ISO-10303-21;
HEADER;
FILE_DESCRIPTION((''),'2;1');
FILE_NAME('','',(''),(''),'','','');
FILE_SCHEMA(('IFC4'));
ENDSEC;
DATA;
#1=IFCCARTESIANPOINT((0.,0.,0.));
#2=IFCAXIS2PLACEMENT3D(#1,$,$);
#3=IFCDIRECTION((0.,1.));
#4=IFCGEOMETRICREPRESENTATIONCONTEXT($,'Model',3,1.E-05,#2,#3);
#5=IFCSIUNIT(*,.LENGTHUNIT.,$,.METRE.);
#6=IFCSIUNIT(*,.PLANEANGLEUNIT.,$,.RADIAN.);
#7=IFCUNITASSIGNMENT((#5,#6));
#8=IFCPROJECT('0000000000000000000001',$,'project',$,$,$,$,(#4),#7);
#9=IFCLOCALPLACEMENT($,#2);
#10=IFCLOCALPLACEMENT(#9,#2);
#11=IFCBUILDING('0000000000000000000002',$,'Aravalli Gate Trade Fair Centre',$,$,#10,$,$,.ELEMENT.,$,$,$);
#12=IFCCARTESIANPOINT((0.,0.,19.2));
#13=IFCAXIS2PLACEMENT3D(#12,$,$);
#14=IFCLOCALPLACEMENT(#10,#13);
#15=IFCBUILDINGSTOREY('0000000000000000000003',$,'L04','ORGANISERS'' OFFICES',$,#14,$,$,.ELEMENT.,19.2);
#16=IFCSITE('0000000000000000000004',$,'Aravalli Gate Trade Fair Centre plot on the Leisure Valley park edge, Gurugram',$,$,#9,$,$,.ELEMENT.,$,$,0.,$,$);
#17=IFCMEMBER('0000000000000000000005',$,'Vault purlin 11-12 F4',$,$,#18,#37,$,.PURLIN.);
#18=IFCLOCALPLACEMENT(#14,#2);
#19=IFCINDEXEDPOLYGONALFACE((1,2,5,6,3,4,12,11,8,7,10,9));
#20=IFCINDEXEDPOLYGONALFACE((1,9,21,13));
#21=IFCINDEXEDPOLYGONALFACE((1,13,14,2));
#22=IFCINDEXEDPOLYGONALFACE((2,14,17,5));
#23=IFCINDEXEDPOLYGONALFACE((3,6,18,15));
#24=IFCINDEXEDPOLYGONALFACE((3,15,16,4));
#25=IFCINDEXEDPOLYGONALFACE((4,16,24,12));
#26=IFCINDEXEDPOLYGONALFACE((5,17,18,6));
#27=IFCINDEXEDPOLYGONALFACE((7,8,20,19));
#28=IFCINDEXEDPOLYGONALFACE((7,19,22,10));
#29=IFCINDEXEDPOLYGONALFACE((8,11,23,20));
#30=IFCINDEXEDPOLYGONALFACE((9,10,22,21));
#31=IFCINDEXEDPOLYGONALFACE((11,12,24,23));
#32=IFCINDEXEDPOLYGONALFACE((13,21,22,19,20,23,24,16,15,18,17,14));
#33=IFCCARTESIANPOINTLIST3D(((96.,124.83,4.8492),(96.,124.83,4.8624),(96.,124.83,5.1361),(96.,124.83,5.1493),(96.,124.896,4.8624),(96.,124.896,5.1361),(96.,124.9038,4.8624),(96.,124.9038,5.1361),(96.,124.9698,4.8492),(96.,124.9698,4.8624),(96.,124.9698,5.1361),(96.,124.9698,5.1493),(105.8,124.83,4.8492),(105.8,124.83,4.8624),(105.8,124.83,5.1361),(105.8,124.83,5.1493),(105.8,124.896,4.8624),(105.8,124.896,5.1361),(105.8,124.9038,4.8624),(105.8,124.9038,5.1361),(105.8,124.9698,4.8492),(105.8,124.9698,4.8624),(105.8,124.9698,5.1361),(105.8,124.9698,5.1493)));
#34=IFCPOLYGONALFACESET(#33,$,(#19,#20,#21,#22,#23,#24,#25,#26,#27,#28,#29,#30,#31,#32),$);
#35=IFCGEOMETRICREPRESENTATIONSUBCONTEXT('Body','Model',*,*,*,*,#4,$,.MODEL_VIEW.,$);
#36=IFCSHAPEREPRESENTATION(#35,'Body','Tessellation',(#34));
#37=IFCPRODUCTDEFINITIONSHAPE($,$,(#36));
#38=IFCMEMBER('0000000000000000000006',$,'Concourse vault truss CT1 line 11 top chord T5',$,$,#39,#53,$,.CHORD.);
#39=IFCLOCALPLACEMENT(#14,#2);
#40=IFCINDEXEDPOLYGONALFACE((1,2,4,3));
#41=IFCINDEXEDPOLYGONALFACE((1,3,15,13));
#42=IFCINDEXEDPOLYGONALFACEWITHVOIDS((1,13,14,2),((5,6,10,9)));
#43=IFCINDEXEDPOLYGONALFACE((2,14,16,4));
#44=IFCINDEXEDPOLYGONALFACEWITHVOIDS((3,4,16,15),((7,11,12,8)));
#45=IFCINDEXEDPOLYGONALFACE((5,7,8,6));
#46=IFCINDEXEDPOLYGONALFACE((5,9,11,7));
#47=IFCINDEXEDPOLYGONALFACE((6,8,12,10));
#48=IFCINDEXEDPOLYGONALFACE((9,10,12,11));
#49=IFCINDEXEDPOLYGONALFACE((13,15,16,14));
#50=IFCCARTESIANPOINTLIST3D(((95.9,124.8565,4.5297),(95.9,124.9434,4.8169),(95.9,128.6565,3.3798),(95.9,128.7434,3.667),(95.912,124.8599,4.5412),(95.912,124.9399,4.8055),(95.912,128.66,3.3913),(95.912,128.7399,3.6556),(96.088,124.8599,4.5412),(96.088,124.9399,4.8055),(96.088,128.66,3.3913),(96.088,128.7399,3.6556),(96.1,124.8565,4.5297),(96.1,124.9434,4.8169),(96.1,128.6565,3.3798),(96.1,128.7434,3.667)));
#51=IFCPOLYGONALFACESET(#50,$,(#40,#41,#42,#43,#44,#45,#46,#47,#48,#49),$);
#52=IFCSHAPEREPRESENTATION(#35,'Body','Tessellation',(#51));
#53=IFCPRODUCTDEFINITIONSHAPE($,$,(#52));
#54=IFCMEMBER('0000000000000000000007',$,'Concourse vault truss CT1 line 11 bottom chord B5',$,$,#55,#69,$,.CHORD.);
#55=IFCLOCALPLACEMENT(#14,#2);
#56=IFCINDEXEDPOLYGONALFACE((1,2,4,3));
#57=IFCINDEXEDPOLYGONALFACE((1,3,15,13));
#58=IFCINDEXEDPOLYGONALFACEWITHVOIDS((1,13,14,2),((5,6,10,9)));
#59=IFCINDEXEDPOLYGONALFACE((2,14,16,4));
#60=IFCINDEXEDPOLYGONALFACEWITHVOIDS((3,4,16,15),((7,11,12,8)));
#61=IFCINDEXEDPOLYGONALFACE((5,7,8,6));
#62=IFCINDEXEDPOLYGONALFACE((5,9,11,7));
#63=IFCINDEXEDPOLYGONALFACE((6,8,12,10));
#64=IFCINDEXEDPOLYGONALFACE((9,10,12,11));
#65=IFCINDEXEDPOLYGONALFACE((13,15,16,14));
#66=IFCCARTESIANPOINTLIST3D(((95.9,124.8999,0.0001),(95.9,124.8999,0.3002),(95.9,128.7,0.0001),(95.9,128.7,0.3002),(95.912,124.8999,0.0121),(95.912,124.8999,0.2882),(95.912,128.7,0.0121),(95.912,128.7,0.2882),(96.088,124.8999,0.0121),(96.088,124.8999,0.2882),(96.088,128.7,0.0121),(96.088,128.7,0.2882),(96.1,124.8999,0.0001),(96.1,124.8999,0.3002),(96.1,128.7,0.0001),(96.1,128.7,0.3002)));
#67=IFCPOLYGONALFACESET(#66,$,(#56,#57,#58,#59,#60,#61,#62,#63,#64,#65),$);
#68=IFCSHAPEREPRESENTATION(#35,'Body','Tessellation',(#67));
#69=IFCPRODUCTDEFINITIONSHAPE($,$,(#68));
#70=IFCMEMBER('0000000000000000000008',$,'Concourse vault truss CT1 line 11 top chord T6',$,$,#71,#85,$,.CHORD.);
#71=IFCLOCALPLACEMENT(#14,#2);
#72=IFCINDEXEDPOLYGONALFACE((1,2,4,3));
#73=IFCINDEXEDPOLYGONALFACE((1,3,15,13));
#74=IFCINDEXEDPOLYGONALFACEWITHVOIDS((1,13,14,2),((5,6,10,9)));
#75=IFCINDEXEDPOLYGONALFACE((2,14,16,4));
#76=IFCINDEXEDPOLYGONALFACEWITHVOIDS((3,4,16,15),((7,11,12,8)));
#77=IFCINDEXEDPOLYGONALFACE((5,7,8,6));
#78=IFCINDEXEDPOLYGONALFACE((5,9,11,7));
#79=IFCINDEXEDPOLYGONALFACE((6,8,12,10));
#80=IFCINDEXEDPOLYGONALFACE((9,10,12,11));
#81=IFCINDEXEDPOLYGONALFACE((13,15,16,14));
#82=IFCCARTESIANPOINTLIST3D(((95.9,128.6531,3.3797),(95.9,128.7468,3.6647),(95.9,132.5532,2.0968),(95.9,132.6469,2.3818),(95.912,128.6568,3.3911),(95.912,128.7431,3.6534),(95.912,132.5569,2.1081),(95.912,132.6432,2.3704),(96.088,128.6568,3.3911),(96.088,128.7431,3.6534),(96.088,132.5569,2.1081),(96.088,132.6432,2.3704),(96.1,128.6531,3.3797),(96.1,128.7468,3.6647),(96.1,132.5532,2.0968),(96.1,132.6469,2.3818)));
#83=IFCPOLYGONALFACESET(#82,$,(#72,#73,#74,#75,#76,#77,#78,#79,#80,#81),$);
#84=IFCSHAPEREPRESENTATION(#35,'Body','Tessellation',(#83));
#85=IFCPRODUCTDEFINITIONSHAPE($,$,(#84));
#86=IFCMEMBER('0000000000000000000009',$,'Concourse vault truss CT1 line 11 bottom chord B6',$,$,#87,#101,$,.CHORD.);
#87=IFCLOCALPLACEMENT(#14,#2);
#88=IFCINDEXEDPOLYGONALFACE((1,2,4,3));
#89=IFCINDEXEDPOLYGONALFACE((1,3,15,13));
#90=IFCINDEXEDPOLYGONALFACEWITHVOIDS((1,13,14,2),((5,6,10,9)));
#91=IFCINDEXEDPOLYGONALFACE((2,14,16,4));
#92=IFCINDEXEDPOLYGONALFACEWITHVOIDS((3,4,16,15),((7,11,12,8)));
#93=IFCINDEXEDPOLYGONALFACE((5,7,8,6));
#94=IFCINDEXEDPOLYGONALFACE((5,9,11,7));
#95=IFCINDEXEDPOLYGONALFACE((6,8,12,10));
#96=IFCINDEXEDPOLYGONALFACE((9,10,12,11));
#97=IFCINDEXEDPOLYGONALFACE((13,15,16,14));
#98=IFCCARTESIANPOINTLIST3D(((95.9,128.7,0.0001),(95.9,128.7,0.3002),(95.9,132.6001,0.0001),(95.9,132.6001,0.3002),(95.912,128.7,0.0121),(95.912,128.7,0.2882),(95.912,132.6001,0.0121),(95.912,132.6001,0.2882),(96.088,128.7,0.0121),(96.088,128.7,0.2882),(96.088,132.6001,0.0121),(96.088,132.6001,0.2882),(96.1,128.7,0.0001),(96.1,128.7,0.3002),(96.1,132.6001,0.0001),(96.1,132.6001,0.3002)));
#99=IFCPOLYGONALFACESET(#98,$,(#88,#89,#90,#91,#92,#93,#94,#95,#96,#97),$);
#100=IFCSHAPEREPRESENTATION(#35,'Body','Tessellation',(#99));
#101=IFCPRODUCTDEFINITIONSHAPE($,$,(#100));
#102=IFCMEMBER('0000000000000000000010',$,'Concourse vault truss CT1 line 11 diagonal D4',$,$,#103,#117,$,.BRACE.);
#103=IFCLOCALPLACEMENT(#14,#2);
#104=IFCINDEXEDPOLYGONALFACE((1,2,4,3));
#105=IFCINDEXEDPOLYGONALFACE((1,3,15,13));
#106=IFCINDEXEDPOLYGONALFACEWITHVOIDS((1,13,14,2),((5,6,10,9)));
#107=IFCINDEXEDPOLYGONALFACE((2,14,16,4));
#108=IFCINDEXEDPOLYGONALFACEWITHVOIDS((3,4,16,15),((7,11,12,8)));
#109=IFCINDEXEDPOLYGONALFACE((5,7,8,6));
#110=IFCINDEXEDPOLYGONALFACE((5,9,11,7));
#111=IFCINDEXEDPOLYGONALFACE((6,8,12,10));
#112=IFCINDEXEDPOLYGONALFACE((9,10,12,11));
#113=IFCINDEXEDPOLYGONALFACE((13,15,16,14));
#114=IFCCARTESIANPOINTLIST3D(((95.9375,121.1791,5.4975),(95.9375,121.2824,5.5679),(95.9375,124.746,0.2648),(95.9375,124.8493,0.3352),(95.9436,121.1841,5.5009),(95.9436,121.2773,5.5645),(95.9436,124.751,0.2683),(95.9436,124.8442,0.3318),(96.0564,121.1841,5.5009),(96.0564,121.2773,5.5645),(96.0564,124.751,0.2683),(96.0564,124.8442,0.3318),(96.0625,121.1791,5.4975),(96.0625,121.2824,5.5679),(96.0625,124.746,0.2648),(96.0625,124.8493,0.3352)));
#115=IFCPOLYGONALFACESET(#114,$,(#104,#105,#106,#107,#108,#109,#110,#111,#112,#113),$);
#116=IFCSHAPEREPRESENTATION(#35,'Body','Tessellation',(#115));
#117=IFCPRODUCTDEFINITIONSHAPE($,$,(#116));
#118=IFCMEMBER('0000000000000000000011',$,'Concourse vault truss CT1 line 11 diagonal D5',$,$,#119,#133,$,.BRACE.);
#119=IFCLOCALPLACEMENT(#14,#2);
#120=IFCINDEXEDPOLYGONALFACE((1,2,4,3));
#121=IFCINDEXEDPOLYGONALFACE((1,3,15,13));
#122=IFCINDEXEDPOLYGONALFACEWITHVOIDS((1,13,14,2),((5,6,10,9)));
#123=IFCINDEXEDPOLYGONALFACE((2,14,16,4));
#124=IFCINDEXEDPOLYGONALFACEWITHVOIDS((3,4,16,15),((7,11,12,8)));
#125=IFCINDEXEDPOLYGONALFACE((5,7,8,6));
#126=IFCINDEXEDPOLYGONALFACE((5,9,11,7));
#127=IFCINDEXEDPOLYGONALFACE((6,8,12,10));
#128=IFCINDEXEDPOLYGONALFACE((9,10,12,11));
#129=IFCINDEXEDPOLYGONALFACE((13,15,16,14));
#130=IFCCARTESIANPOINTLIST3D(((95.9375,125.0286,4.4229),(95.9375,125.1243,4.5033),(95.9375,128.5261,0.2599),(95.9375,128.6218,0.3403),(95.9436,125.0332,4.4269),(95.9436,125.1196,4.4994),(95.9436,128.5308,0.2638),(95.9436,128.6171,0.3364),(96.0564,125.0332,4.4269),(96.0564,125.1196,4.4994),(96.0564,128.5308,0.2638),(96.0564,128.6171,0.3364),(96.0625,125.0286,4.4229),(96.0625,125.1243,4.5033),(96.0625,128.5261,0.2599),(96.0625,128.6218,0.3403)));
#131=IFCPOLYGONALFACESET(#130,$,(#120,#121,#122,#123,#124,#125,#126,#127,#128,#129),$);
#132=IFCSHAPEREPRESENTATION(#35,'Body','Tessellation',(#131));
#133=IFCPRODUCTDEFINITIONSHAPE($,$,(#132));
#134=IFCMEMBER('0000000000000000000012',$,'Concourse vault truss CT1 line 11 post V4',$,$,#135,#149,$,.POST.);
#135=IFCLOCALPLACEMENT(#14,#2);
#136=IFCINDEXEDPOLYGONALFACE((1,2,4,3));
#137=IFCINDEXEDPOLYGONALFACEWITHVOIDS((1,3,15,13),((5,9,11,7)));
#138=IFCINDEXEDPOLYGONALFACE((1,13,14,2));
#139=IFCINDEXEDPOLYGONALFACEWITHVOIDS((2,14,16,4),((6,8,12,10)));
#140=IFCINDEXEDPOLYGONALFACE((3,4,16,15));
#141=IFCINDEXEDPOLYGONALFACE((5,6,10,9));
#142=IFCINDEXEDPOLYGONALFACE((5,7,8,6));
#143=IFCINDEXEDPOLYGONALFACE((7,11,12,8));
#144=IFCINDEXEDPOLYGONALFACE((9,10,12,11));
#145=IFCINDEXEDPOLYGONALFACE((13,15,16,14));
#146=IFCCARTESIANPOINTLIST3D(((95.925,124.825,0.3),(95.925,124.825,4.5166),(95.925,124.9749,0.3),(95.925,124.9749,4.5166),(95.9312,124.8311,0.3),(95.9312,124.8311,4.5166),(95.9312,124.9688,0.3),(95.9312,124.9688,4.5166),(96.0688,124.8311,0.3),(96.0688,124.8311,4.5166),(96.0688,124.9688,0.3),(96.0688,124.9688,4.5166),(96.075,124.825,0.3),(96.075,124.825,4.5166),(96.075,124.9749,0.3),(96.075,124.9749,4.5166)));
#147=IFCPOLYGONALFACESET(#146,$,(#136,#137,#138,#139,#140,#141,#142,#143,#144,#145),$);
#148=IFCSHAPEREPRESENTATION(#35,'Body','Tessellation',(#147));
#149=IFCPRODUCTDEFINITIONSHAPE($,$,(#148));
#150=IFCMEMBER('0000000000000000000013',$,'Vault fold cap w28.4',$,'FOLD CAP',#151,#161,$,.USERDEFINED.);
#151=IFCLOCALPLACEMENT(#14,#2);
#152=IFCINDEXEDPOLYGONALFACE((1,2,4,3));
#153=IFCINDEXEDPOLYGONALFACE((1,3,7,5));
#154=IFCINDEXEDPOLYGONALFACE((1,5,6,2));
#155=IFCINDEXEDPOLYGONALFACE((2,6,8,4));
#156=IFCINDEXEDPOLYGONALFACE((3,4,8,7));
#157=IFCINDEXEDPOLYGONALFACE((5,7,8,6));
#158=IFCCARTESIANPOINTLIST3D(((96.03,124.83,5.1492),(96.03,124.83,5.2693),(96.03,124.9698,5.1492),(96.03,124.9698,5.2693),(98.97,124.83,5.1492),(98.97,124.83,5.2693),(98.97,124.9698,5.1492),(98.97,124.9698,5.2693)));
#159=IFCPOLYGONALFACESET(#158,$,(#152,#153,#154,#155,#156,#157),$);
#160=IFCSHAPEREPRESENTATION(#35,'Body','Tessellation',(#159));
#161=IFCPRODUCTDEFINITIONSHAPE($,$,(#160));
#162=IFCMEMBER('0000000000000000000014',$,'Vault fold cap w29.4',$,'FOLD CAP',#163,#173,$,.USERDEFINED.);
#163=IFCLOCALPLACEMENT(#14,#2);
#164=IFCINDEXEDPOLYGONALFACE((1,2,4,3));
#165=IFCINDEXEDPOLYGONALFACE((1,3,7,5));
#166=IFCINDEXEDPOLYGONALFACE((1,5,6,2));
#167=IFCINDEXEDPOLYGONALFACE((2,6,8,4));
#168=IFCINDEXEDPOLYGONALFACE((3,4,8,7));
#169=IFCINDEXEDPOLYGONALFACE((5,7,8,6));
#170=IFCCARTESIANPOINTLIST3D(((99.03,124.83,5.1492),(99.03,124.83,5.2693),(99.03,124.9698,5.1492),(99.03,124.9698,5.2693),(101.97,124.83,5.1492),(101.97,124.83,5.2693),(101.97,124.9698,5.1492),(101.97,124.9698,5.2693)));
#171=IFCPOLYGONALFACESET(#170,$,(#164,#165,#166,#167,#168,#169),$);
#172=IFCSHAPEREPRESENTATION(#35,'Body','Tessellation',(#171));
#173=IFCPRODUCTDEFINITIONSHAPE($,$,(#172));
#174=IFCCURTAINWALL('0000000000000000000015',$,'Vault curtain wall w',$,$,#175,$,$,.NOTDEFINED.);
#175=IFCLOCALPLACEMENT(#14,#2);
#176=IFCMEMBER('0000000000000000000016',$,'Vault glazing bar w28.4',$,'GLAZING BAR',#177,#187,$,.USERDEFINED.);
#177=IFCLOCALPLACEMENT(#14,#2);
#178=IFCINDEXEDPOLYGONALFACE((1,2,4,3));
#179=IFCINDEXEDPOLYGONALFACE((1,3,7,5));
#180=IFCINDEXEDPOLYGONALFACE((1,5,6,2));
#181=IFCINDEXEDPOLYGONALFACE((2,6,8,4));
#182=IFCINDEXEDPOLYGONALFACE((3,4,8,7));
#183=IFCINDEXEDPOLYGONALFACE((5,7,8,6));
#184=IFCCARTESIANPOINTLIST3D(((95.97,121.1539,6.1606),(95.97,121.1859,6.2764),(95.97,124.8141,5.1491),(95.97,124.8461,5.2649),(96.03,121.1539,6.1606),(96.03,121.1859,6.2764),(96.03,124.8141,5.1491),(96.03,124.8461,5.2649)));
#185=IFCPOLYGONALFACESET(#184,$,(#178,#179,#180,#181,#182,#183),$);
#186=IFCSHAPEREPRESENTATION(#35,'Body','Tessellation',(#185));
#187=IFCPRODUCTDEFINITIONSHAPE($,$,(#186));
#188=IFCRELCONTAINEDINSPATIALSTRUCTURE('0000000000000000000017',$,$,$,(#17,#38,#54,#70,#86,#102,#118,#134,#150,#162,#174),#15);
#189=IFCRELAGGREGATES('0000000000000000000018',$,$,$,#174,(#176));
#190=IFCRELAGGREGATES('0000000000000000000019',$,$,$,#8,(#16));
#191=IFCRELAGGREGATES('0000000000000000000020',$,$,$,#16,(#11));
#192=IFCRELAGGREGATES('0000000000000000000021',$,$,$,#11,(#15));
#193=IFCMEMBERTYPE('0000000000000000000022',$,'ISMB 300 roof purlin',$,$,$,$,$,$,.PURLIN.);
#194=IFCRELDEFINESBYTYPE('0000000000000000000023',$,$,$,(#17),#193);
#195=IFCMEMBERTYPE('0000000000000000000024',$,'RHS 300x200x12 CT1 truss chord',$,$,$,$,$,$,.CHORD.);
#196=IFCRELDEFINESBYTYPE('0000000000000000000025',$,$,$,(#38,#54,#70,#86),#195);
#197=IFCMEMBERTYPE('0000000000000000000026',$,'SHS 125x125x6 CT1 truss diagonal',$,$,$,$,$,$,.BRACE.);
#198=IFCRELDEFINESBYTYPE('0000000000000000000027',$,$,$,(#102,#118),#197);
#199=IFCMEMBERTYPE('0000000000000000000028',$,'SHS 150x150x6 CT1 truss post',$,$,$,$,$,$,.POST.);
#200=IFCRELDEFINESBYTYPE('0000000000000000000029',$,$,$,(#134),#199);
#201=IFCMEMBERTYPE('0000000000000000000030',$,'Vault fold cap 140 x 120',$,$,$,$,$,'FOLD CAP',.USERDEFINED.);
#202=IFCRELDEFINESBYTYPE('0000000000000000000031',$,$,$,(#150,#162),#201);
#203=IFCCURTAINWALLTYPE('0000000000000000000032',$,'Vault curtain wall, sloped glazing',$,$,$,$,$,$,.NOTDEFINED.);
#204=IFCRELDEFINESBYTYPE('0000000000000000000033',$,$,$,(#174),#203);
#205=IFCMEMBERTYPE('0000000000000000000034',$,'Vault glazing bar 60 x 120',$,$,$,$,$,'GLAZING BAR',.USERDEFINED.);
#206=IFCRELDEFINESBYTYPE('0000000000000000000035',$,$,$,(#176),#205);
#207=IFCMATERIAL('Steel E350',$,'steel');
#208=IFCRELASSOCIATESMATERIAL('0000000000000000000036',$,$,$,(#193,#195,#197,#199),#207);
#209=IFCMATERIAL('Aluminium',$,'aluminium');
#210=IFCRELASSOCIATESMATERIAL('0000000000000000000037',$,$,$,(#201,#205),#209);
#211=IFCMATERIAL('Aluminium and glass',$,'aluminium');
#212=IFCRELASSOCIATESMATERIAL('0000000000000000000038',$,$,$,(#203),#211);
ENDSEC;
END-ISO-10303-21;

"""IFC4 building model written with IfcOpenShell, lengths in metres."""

from ifc_helpers import new_model, si_unit, direction, frame, origin, origin_2d, place, context, subcontext, project, spatial, rectangle, hollow_rectangle, i_section, extrude, material, material_profile, profile_set, type_object, element, aggregate, save


model = new_model("IFC4")

# Units and contexts
model_context = context("Model", 3, precision=1e-05, world=origin(), true_north=direction((0.0, 1.0)))
body_context = subcontext(model_context, "Body", "Model", "MODEL_VIEW")
ifc_project = project(units=[si_unit("LENGTHUNIT", "METRE"), si_unit("PLANEANGLEUNIT", "RADIAN")], contexts=[model_context])

# Site, building, storey
site_placement = place(None, origin())
site = spatial("IfcSite", under=ifc_project, at=site_placement, Name="Aravalli Gate Trade Fair Centre plot on the Leisure Valley park edge, Gurugram", CompositionType="ELEMENT", RefElevation=0.0)
building_placement = place(site_placement, origin())
building = spatial("IfcBuilding", under=site, at=building_placement, Name="Aravalli Gate Trade Fair Centre", CompositionType="ELEMENT")
storey_placement = place(building_placement, frame((0.0, 0.0, 19.2)))
storey = spatial("IfcBuildingStorey", under=building, at=storey_placement, Name="L04", Description="ORGANISERS' OFFICES", CompositionType="ELEMENT", Elevation=19.2)

# Members
ifc_material_1 = material(Name="Steel E350", Category="steel")
ifc_material_profile_1 = material_profile(ifc_material_1, i_section(OverallWidth=0.1399, OverallDepth=0.3, WebThickness=0.0078, FlangeThickness=0.0132, at=origin_2d()), Name="ISMB 300")
ifc_profile_set_1 = profile_set([ifc_material_profile_1], Name="Steel E350")
member_type_1 = type_object("IfcMemberType", Name="ISMB 300 roof purlin", PredefinedType="PURLIN", material=ifc_profile_set_1)
member_1_placement = place(storey_placement, frame((96.0, 124.8999, 4.9993), z_axis=(1.0, 0.0, 0.0), x_axis=(0.0, 1.0, 0.0)))
element("IfcMember", 1, at=member_1_placement, inside=storey, type_object=member_type_1, Name="Vault purlin 11-12 F4", PredefinedType="PURLIN", context=body_context, shape_type="SweptSolid", body=[
    extrude(i_section(OverallWidth=0.1399, OverallDepth=0.3, WebThickness=0.0078, FlangeThickness=0.0132, at=origin_2d()), origin(), (0.0, 0.0, 1.0), 9.8),
])
ifc_material_profile_2 = material_profile(ifc_material_1, hollow_rectangle(XDim=0.2, YDim=0.3, WallThickness=0.012, at=origin_2d()), Name="RHS 300x200x12")
ifc_profile_set_2 = profile_set([ifc_material_profile_2], Name="Steel E350")
member_type_2 = type_object("IfcMemberType", Name="RHS 300x200x12 CT1 truss chord", PredefinedType="CHORD", material=ifc_profile_set_2)
member_2_placement = place(storey_placement, frame((96.0, 124.8999, 4.6733), z_axis=(0.0, 0.957138, -0.289632), x_axis=(-1.0, 0.0, 0.0)))
element("IfcMember", 2, at=member_2_placement, inside=storey, type_object=member_type_2, Name="Concourse vault truss CT1 line 11 top chord T5", PredefinedType="CHORD", context=body_context, shape_type="SweptSolid", body=[
    extrude(hollow_rectangle(XDim=0.2, YDim=0.3, WallThickness=0.012, at=origin_2d()), origin(), (0.0, 0.0, 1.0), 3.9702),
])
member_3_placement = place(storey_placement, frame((96.0, 124.8999, 0.1501), z_axis=(0.0, 1.0, 0.0), x_axis=(-1.0, 0.0, 0.0)))
element("IfcMember", 3, at=member_3_placement, inside=storey, type_object=member_type_2, Name="Concourse vault truss CT1 line 11 bottom chord B5", PredefinedType="CHORD", context=body_context, shape_type="SweptSolid", body=[
    extrude(hollow_rectangle(XDim=0.2, YDim=0.3, WallThickness=0.012, at=origin_2d()), origin(), (0.0, 0.0, 1.0), 3.8),
])
member_4_placement = place(storey_placement, frame((96.0, 128.7, 3.5222), z_axis=(0.0, 0.949925, -0.312479), x_axis=(-1.0, 0.0, 0.0)))
element("IfcMember", 4, at=member_4_placement, inside=storey, type_object=member_type_2, Name="Concourse vault truss CT1 line 11 top chord T6", PredefinedType="CHORD", context=body_context, shape_type="SweptSolid", body=[
    extrude(hollow_rectangle(XDim=0.2, YDim=0.3, WallThickness=0.012, at=origin_2d()), origin(), (0.0, 0.0, 1.0), 4.1057),
])
member_5_placement = place(storey_placement, frame((96.0, 128.7, 0.1501), z_axis=(0.0, 1.0, 0.0), x_axis=(-1.0, 0.0, 0.0)))
element("IfcMember", 5, at=member_5_placement, inside=storey, type_object=member_type_2, Name="Concourse vault truss CT1 line 11 bottom chord B6", PredefinedType="CHORD", context=body_context, shape_type="SweptSolid", body=[
    extrude(hollow_rectangle(XDim=0.2, YDim=0.3, WallThickness=0.012, at=origin_2d()), origin(), (0.0, 0.0, 1.0), 3.9001),
])
ifc_material_profile_3 = material_profile(ifc_material_1, hollow_rectangle(XDim=0.125, YDim=0.125, WallThickness=0.0061, at=origin_2d()), Name="SHS 125x125x6")
ifc_profile_set_3 = profile_set([ifc_material_profile_3], Name="Steel E350")
member_type_3 = type_object("IfcMemberType", Name="SHS 125x125x6 CT1 truss diagonal", PredefinedType="BRACE", material=ifc_profile_set_3)
member_6_placement = place(storey_placement, frame((96.0, 121.2307, 5.5327), z_axis=(0.0, 0.563247, -0.826289), x_axis=(-1.0, 0.0, 0.0)))
element("IfcMember", 6, at=member_6_placement, inside=storey, type_object=member_type_3, Name="Concourse vault truss CT1 line 11 diagonal D4", PredefinedType="BRACE", context=body_context, shape_type="SweptSolid", body=[
    extrude(hollow_rectangle(XDim=0.125, YDim=0.125, WallThickness=0.0061, at=origin_2d()), origin(), (0.0, 0.0, 1.0), 6.3328),
])
member_7_placement = place(storey_placement, frame((96.0, 125.0764, 4.4631), z_axis=(0.0, 0.643253, -0.765654), x_axis=(-1.0, 0.0, 0.0)))
element("IfcMember", 7, at=member_7_placement, inside=storey, type_object=member_type_3, Name="Concourse vault truss CT1 line 11 diagonal D5", PredefinedType="BRACE", context=body_context, shape_type="SweptSolid", body=[
    extrude(hollow_rectangle(XDim=0.125, YDim=0.125, WallThickness=0.0061, at=origin_2d()), origin(), (0.0, 0.0, 1.0), 5.4373),
])
ifc_material_profile_4 = material_profile(ifc_material_1, hollow_rectangle(XDim=0.1499, YDim=0.1499, WallThickness=0.0061, at=origin_2d()), Name="SHS 150x150x6")
ifc_profile_set_4 = profile_set([ifc_material_profile_4], Name="Steel E350")
member_type_4 = type_object("IfcMemberType", Name="SHS 150x150x6 CT1 truss post", PredefinedType="POST", material=ifc_profile_set_4)
member_8_placement = place(storey_placement, frame((96.0, 124.8999, 0.3), z_axis=(0.0, 0.0, 1.0), x_axis=(1.0, 0.0, 0.0)))
element("IfcMember", 8, at=member_8_placement, inside=storey, type_object=member_type_4, Name="Concourse vault truss CT1 line 11 post V4", PredefinedType="POST", context=body_context, shape_type="SweptSolid", body=[
    extrude(hollow_rectangle(XDim=0.1499, YDim=0.1499, WallThickness=0.0061, at=origin_2d()), origin(), (0.0, 0.0, 1.0), 4.2166),
])
ifc_material_2 = material(Name="Aluminium", Category="aluminium")
ifc_material_profile_5 = material_profile(ifc_material_2, rectangle(XDim=0.1399, YDim=0.1201, at=origin_2d()), Name="Vault fold cap 140 x 120")
ifc_profile_set_5 = profile_set([ifc_material_profile_5], Name="Aluminium")
member_type_5 = type_object("IfcMemberType", Name="Vault fold cap 140 x 120", ElementType="FOLD CAP", PredefinedType="USERDEFINED", material=ifc_profile_set_5)
for number, where, z_axis, x_axis, name in (
    (9, (96.03, 124.8999, 5.2092), (1.0, 0.0, 0.0), (0.0, 1.0, 0.0), "Vault fold cap w28.4"),
    (10, (99.03, 124.8999, 5.2092), (1.0, 0.0, 0.0), (0.0, 1.0, 0.0), "Vault fold cap w29.4"),
):
    element("IfcMember", number, at=place(storey_placement, frame(where, z_axis=z_axis, x_axis=x_axis)), inside=storey, type_object=member_type_5, Name=name, ObjectType="FOLD CAP", PredefinedType="USERDEFINED", context=body_context, shape_type="SweptSolid", body=[
        extrude(rectangle(XDim=0.1399, YDim=0.1201, at=origin_2d()), origin(), (0.0, 0.0, 1.0), 2.9399),
    ])

# Curtain wall, member
ifc_material_3 = material(Name="Aluminium and glass", Category="aluminium")
curtain_wall_type = type_object("IfcCurtainWallType", Name="Vault curtain wall, sloped glazing", PredefinedType="NOTDEFINED", material=ifc_material_3)
curtain_wall_placement = place(storey_placement, origin())
curtain_wall = element("IfcCurtainWall", 11, at=curtain_wall_placement, inside=storey, type_object=curtain_wall_type, Name="Vault curtain wall w", PredefinedType="NOTDEFINED")
ifc_material_profile_6 = material_profile(ifc_material_2, rectangle(XDim=0.0601, YDim=0.1201, at=origin_2d()), Name="Vault glazing bar 60 x 120")
ifc_profile_set_6 = profile_set([ifc_material_profile_6], Name="Aluminium")
member_type_6 = type_object("IfcMemberType", Name="Vault glazing bar 60 x 120", ElementType="GLAZING BAR", PredefinedType="USERDEFINED", material=ifc_profile_set_6)
member_9_placement = place(storey_placement, frame((96.0, 121.1699, 6.2185), z_axis=(0.0, 0.963873, -0.266364), x_axis=(-1.0, 0.0, 0.0)))
member_9 = element("IfcMember", 12, at=member_9_placement, type_object=member_type_6, Name="Vault glazing bar w28.4", ObjectType="GLAZING BAR", PredefinedType="USERDEFINED", context=body_context, shape_type="SweptSolid", body=[
    extrude(rectangle(XDim=0.0601, YDim=0.1201, at=origin_2d()), origin(), (0.0, 0.0, 1.0), 3.7974),
])
aggregate(curtain_wall, [member_9])

save(model, "model.ifc")
